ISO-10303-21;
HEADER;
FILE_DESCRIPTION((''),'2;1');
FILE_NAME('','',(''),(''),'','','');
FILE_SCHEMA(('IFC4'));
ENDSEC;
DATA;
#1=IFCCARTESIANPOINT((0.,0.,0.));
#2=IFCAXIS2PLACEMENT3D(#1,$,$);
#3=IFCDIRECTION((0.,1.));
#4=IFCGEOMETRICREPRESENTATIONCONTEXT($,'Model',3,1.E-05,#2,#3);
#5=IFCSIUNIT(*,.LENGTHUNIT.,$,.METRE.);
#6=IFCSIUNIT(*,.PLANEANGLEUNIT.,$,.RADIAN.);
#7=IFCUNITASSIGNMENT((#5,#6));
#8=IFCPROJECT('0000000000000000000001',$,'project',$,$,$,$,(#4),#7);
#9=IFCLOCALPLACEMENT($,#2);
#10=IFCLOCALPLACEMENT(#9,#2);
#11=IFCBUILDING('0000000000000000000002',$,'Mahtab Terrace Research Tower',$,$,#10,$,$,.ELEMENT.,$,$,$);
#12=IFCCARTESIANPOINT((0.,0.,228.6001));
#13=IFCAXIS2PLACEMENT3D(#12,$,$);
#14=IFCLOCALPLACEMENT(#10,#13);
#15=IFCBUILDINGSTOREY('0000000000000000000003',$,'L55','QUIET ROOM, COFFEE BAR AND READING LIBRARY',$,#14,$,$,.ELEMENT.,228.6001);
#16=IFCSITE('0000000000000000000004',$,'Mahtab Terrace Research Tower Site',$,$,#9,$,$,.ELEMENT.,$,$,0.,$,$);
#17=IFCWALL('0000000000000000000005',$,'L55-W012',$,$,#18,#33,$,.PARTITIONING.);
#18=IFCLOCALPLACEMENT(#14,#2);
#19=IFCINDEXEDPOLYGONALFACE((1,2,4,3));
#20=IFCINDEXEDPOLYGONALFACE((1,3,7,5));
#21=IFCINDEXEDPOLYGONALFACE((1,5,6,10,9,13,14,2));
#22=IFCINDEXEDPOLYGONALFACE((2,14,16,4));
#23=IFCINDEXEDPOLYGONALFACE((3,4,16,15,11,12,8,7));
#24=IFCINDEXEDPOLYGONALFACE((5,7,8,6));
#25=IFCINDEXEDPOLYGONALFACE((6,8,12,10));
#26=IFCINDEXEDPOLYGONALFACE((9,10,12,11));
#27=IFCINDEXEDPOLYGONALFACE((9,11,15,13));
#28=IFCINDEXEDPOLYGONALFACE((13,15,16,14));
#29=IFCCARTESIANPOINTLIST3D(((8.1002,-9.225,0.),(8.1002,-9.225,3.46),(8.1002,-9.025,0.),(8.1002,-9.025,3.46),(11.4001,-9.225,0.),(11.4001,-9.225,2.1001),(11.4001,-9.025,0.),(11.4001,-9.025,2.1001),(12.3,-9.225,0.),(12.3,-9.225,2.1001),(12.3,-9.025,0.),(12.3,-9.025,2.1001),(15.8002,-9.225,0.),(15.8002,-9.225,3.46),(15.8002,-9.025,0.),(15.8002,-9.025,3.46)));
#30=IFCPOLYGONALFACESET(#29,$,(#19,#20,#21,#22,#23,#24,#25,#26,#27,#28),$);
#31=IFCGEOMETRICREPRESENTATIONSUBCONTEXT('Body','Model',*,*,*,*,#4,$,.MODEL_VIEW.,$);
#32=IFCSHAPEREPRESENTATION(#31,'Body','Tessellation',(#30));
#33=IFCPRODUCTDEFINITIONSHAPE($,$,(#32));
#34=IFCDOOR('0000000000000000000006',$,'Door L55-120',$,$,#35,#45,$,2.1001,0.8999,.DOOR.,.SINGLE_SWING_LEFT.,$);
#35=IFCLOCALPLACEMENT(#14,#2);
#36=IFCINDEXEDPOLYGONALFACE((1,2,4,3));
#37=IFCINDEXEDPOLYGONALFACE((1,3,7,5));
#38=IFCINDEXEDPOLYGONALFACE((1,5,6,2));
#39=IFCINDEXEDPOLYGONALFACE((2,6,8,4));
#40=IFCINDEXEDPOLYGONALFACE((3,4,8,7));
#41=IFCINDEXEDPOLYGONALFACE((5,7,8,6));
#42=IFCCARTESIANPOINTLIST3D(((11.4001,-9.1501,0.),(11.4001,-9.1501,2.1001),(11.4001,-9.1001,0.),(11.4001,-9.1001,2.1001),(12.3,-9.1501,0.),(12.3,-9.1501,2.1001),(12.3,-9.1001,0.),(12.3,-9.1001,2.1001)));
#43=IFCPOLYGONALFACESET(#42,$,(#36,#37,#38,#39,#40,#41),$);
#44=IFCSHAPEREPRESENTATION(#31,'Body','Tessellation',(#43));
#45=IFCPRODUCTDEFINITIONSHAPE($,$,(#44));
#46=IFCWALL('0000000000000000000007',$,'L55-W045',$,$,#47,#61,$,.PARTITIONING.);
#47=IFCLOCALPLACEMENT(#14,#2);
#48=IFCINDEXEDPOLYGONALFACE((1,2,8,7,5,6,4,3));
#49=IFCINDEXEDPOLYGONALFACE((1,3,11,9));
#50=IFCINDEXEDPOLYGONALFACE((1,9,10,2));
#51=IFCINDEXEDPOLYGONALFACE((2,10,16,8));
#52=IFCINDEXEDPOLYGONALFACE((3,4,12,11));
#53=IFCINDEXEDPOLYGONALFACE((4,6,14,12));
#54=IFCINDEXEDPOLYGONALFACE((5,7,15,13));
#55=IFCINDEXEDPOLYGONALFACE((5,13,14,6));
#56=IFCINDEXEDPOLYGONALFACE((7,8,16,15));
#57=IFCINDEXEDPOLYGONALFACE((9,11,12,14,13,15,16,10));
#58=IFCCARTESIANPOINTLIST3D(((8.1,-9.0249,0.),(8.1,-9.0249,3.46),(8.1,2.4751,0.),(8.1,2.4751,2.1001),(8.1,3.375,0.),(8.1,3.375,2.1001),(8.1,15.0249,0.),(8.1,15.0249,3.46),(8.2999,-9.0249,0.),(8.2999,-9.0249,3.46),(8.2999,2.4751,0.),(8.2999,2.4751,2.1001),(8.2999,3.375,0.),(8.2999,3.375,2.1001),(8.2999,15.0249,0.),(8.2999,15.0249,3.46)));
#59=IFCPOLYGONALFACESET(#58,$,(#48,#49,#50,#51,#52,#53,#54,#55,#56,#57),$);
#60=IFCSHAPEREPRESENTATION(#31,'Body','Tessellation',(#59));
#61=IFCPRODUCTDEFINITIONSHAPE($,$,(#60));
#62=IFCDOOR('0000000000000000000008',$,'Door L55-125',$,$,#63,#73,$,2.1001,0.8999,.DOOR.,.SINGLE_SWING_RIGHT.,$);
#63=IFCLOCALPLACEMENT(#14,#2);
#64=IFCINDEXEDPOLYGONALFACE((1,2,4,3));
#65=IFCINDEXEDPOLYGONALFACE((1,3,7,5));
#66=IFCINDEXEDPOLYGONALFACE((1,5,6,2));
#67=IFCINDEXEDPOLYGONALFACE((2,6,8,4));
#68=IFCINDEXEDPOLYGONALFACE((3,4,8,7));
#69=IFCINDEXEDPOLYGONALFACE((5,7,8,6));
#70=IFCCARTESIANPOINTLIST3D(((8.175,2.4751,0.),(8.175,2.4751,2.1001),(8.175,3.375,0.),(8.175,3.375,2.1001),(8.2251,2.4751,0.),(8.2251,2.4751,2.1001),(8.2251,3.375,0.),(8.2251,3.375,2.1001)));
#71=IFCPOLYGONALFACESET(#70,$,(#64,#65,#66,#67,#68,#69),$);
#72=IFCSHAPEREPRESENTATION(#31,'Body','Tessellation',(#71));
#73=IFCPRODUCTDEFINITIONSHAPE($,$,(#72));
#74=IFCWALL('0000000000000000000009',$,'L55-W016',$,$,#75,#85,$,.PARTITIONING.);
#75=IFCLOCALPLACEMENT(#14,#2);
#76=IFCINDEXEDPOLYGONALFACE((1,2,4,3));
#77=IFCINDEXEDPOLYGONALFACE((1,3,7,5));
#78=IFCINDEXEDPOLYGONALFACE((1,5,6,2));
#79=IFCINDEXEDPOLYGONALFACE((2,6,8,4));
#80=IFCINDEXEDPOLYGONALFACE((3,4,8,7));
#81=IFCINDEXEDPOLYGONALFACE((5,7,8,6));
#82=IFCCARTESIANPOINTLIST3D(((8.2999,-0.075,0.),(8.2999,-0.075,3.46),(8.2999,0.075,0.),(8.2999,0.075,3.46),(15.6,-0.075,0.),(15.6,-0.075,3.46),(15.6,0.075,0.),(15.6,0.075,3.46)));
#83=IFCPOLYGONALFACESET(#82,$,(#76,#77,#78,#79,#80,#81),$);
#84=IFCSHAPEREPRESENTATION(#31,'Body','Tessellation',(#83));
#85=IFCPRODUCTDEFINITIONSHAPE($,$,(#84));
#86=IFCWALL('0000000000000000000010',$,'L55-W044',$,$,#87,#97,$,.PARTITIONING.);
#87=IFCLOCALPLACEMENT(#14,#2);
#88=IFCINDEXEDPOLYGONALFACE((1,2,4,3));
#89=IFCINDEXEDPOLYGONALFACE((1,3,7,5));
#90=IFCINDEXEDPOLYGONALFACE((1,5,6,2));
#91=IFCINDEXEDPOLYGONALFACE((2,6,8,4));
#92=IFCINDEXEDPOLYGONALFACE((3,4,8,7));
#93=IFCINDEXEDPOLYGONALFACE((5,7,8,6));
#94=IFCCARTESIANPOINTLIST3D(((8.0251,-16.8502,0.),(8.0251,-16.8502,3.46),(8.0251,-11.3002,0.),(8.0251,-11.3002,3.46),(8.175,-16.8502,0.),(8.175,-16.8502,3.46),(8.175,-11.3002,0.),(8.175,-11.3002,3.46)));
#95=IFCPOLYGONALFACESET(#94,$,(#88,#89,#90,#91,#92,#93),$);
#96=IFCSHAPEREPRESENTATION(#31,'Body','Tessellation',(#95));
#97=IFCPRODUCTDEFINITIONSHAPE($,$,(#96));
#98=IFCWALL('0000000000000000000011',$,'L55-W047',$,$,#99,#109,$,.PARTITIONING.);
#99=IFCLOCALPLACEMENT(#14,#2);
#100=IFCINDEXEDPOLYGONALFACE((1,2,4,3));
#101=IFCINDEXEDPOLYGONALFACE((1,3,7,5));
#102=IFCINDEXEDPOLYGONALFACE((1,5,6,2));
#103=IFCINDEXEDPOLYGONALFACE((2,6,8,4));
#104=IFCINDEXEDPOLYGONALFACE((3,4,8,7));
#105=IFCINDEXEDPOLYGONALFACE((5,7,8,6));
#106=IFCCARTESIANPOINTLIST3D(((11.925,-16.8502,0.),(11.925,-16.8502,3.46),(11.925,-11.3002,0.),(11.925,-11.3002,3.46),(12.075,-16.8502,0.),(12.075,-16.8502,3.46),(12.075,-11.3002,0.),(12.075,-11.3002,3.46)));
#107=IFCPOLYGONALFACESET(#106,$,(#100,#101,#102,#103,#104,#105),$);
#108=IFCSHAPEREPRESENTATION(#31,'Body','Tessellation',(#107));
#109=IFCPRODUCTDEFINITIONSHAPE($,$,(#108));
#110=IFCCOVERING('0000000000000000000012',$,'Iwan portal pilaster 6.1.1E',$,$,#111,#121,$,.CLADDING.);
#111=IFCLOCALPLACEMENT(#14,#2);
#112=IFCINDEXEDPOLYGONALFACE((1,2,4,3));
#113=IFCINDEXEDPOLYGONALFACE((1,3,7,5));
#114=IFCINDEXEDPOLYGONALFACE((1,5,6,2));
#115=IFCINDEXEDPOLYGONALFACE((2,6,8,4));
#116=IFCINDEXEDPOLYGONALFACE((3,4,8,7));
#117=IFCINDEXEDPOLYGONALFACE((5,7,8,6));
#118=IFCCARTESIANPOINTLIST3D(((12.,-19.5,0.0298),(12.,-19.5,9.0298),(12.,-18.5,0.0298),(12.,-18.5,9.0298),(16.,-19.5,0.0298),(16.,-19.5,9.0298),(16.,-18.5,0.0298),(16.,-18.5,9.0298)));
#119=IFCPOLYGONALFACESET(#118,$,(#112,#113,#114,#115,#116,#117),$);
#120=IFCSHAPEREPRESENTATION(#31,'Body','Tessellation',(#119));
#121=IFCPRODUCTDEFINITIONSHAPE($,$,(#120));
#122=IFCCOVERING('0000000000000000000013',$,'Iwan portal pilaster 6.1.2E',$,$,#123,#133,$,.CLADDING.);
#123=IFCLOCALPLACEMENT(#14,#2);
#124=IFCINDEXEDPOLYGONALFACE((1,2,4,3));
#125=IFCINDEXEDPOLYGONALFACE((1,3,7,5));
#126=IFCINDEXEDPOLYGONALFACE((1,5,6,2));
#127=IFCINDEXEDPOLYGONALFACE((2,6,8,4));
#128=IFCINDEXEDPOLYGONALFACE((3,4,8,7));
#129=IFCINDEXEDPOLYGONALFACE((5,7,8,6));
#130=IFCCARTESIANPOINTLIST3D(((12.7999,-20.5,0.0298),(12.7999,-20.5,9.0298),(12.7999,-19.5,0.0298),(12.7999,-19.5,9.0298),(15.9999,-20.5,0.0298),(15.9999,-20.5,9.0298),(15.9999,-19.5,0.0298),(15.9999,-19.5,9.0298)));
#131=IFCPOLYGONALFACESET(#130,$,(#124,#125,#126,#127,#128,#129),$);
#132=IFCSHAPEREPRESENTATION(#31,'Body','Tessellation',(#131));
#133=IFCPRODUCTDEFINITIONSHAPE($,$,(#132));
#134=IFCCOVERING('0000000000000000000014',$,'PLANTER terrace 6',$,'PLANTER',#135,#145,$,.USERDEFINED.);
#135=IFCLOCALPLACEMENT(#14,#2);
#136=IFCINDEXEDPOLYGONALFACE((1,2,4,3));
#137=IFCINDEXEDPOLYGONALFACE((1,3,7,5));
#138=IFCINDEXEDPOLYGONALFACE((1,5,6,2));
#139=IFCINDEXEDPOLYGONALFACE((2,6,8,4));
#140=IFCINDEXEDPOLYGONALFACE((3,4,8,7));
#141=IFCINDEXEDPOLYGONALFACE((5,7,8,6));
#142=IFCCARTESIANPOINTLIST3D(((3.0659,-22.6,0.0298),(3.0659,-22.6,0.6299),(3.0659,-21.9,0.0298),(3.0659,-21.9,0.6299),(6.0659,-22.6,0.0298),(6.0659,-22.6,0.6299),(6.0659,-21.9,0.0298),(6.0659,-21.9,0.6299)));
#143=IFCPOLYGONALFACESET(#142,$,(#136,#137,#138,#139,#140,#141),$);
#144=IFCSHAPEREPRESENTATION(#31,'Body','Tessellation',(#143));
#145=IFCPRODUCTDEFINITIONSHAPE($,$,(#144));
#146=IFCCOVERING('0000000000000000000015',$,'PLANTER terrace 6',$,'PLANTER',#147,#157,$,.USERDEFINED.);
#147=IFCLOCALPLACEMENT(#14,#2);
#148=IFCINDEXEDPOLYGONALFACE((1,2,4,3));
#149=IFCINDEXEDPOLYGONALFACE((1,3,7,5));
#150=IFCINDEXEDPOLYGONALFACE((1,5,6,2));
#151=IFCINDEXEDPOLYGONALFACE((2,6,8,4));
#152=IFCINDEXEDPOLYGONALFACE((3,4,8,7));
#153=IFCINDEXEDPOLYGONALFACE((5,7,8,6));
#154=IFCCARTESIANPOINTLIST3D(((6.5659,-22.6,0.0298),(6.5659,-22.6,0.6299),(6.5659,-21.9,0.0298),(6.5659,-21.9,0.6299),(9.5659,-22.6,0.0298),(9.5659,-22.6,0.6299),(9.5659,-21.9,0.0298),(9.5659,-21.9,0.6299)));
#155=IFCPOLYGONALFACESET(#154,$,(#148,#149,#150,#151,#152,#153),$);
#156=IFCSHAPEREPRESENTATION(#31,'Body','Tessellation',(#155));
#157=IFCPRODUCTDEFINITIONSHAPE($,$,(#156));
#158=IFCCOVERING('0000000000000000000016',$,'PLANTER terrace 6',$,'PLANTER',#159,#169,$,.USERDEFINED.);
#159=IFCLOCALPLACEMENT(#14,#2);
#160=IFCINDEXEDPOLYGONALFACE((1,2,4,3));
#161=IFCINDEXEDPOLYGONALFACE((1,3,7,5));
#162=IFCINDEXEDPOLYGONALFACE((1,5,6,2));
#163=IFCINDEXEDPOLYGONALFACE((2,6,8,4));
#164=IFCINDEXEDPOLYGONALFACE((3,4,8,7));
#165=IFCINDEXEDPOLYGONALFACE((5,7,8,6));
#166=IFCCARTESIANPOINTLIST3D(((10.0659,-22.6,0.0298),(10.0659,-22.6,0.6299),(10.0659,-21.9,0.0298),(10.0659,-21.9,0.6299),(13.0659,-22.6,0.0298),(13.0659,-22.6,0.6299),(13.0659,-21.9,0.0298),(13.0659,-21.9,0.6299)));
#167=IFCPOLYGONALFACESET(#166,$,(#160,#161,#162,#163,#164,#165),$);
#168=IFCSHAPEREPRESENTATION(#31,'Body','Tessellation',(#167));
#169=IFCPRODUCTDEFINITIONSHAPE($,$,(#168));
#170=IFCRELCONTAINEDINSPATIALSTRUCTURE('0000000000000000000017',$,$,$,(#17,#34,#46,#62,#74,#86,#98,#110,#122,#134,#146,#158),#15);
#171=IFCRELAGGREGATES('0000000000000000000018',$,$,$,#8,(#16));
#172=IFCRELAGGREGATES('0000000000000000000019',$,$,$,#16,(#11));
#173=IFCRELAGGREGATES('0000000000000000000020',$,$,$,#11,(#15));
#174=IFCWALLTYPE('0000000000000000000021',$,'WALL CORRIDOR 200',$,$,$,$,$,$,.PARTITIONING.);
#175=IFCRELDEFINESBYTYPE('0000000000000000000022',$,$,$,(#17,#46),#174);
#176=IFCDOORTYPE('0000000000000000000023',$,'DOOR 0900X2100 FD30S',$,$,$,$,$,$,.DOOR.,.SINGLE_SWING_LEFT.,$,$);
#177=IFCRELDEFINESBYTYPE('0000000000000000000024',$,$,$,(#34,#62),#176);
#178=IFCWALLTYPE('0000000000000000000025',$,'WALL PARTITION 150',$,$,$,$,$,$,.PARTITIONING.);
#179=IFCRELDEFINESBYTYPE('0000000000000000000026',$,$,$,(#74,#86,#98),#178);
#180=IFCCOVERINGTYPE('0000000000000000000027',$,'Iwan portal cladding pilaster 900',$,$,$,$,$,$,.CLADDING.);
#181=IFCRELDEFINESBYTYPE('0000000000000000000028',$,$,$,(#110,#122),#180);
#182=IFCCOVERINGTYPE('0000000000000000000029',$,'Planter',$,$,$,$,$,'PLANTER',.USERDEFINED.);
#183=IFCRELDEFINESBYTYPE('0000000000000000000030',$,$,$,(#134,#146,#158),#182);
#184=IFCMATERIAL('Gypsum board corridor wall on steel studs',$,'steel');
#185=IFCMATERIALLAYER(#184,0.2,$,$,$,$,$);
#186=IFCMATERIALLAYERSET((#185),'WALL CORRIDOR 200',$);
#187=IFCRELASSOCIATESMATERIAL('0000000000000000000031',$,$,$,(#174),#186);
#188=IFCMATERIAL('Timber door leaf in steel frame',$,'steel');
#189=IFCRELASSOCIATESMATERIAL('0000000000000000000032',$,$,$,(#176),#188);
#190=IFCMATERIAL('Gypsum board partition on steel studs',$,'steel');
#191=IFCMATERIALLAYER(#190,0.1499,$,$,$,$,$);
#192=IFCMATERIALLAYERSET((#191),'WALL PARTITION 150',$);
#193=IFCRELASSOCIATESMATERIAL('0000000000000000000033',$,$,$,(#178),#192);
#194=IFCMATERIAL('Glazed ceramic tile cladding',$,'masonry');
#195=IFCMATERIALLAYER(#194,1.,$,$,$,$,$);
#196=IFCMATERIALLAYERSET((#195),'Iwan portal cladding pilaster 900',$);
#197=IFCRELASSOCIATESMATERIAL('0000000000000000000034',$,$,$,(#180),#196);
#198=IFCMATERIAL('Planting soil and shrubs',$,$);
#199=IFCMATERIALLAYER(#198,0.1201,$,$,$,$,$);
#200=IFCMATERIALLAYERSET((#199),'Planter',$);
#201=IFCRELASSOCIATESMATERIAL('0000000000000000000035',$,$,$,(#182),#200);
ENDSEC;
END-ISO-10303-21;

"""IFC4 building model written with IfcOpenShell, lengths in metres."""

from ifc_helpers import new_model, si_unit, direction, frame, frame_2d, origin, origin_2d, place, context, subcontext, project, spatial, rectangle, extrude, material, layer, layer_set, type_object, element, fill, save


model = new_model("IFC4")

# Units and contexts
model_context = context("Model", 3, precision=1e-05, world=origin(), true_north=direction((0.0, 1.0)))
body_context = subcontext(model_context, "Body", "Model", "MODEL_VIEW")
ifc_project = project(units=[si_unit("LENGTHUNIT", "METRE"), si_unit("PLANEANGLEUNIT", "RADIAN")], contexts=[model_context])

# Site, building, storey
site_placement = place(None, origin())
site = spatial("IfcSite", under=ifc_project, at=site_placement, Name="Mahtab Terrace Research Tower Site", CompositionType="ELEMENT", RefElevation=0.0)
building_placement = place(site_placement, origin())
building = spatial("IfcBuilding", under=site, at=building_placement, Name="Mahtab Terrace Research Tower", CompositionType="ELEMENT")
storey_placement = place(building_placement, frame((0.0, 0.0, 228.6001)))
storey = spatial("IfcBuildingStorey", under=building, at=storey_placement, Name="L55", Description="QUIET ROOM, COFFEE BAR AND READING LIBRARY", CompositionType="ELEMENT", Elevation=228.6001)

# Shared definitions
ifc_material_1 = material(Name="Gypsum board corridor wall on steel studs", Category="steel")
ifc_layer_1 = layer(ifc_material_1, 0.2)
ifc_layer_set_1 = layer_set([ifc_layer_1], Name="WALL CORRIDOR 200")
wall_type_1 = type_object("IfcWallType", Name="WALL CORRIDOR 200", PredefinedType="PARTITIONING", material=ifc_layer_set_1)
ifc_material_2 = material(Name="Timber door leaf in steel frame", Category="steel")
door_type_1 = type_object("IfcDoorType", Name="DOOR 0900X2100 FD30S", OperationType="SINGLE_SWING_LEFT", PredefinedType="DOOR", material=ifc_material_2)

# Walls, openings, doors
wall_1_placement = place(storey_placement, frame((8.1001, -9.125, 0.0), z_axis=(0.0, 0.0, 1.0), x_axis=(1.0, 0.0, 0.0)))
wall_1 = element("IfcWall", 1, at=wall_1_placement, inside=storey, type_object=wall_type_1, Name="L55-W012", PredefinedType="PARTITIONING", context=body_context, shape_type="SweptSolid", body=[
    extrude(rectangle(XDim=7.7, YDim=0.2, at=frame_2d((3.8501, 0.0))), origin(), (0.0, 0.0, 1.0), 3.46),
])
opening_1_placement = place(wall_1_placement, frame((3.3, 0.0, 0.0)))
opening_1 = element("IfcOpeningElement", 2, at=opening_1_placement, cuts=wall_1, PredefinedType="OPENING", context=body_context, shape_type="SweptSolid", body=[
    extrude(rectangle(XDim=0.8999, YDim=2.1001, at=frame_2d((0.45, 1.05))), frame((0.0, 0.1099, 0.0), z_axis=(0.0, -1.0, 0.0), x_axis=(1.0, 0.0, 0.0)), (0.0, 0.0, 1.0), 0.22),
])
door_1_placement = place(opening_1_placement, origin())
door_1 = element("IfcDoor", 3, at=door_1_placement, inside=storey, type_object=door_type_1, Name="Door L55-120", OperationType="SINGLE_SWING_LEFT", OverallHeight=2.1001, OverallWidth=0.8999, PredefinedType="DOOR", context=body_context, shape_type="SweptSolid", body=[
    extrude(rectangle(XDim=0.8999, YDim=2.1001, at=frame_2d((0.45, 1.05))), frame((0.0, 0.0249, 0.0), z_axis=(0.0, -1.0, 0.0), x_axis=(1.0, 0.0, 0.0)), (0.0, 0.0, 1.0), 0.05),
])
fill(opening_1, door_1)
wall_2_placement = place(storey_placement, frame((8.2, -9.0249, 0.0), z_axis=(0.0, 0.0, 1.0), x_axis=(0.0, 1.0, 0.0)))
wall_2 = element("IfcWall", 4, at=wall_2_placement, inside=storey, type_object=wall_type_1, Name="L55-W045", PredefinedType="PARTITIONING", context=body_context, shape_type="SweptSolid", body=[
    extrude(rectangle(XDim=24.0498, YDim=0.2, at=frame_2d((12.0249, 0.0))), origin(), (0.0, 0.0, 1.0), 3.46),
])
opening_2_placement = place(wall_2_placement, frame((11.5, 0.0, 0.0)))
opening_2 = element("IfcOpeningElement", 5, at=opening_2_placement, cuts=wall_2, PredefinedType="OPENING", context=body_context, shape_type="SweptSolid", body=[
    extrude(rectangle(XDim=0.8999, YDim=2.1001, at=frame_2d((0.45, 1.05))), frame((0.0, 0.1099, 0.0), z_axis=(0.0, -1.0, 0.0), x_axis=(1.0, 0.0, 0.0)), (0.0, 0.0, 1.0), 0.22),
])
door_2_placement = place(opening_2_placement, origin())
door_2 = element("IfcDoor", 6, at=door_2_placement, inside=storey, type_object=door_type_1, Name="Door L55-125", OperationType="SINGLE_SWING_RIGHT", OverallHeight=2.1001, OverallWidth=0.8999, PredefinedType="DOOR", context=body_context, shape_type="SweptSolid", body=[
    extrude(rectangle(XDim=0.8999, YDim=2.1001, at=frame_2d((0.45, 1.05))), frame((0.0, 0.0249, 0.0), z_axis=(0.0, -1.0, 0.0), x_axis=(1.0, 0.0, 0.0)), (0.0, 0.0, 1.0), 0.05),
])
fill(opening_2, door_2)

# Walls
ifc_material_3 = material(Name="Gypsum board partition on steel studs", Category="steel")
ifc_layer_2 = layer(ifc_material_3, 0.1499)
ifc_layer_set_2 = layer_set([ifc_layer_2], Name="WALL PARTITION 150")
wall_type_2 = type_object("IfcWallType", Name="WALL PARTITION 150", PredefinedType="PARTITIONING", material=ifc_layer_set_2)
wall_3_placement = place(storey_placement, frame((8.3, 0.0, 0.0), z_axis=(0.0, 0.0, 1.0), x_axis=(1.0, 0.0, 0.0)))
element("IfcWall", 7, at=wall_3_placement, inside=storey, type_object=wall_type_2, Name="L55-W016", PredefinedType="PARTITIONING", context=body_context, shape_type="SweptSolid", body=[
    extrude(rectangle(XDim=7.3, YDim=0.1499, at=frame_2d((3.6499, 0.0))), origin(), (0.0, 0.0, 1.0), 3.46),
])
for number, where, z_axis, x_axis, name in (
    (8, (8.1001, -16.8501, 0.0), (0.0, 0.0, 1.0), (0.0, 1.0, 0.0), "L55-W044"),
    (9, (12.0, -16.8501, 0.0), (0.0, 0.0, 1.0), (0.0, 1.0, 0.0), "L55-W047"),
):
    element("IfcWall", number, at=place(storey_placement, frame(where, z_axis=z_axis, x_axis=x_axis)), inside=storey, type_object=wall_type_2, Name=name, PredefinedType="PARTITIONING", context=body_context, shape_type="SweptSolid", body=[
        extrude(rectangle(XDim=5.55, YDim=0.1499, at=frame_2d((2.7749, 0.0))), origin(), (0.0, 0.0, 1.0), 3.46),
    ])

# Coverings
ifc_material_4 = material(Name="Glazed ceramic tile cladding", Category="masonry")
ifc_layer_3 = layer(ifc_material_4, 1.0)
ifc_layer_set_3 = layer_set([ifc_layer_3], Name="Iwan portal cladding pilaster 900")
covering_type_1 = type_object("IfcCoveringType", Name="Iwan portal cladding pilaster 900", PredefinedType="CLADDING", material=ifc_layer_set_3)
covering_1_placement = place(storey_placement, frame((14.0, -19.0, 0.0298), z_axis=(0.0, 0.0, 1.0), x_axis=(1.0, 0.0, 0.0)))
element("IfcCovering", 10, at=covering_1_placement, inside=storey, type_object=covering_type_1, Name="Iwan portal pilaster 6.1.1E", PredefinedType="CLADDING", context=body_context, shape_type="SweptSolid", body=[
    extrude(rectangle(XDim=4.0, YDim=1.0, at=origin_2d()), origin(), (0.0, 0.0, 1.0), 9.0),
])
covering_2_placement = place(storey_placement, frame((14.3999, -20.0, 0.0298), z_axis=(0.0, 0.0, 1.0), x_axis=(1.0, 0.0, 0.0)))
element("IfcCovering", 11, at=covering_2_placement, inside=storey, type_object=covering_type_1, Name="Iwan portal pilaster 6.1.2E", PredefinedType="CLADDING", context=body_context, shape_type="SweptSolid", body=[
    extrude(rectangle(XDim=3.2, YDim=1.0, at=origin_2d()), origin(), (0.0, 0.0, 1.0), 9.0),
])
ifc_material_5 = material(Name="Planting soil and shrubs")
ifc_layer_4 = layer(ifc_material_5, 0.1201)
ifc_layer_set_4 = layer_set([ifc_layer_4], Name="Planter")
covering_type_2 = type_object("IfcCoveringType", Name="Planter", ElementType="PLANTER", PredefinedType="USERDEFINED", material=ifc_layer_set_4)
for number, where, z_axis, x_axis, name in (
    (12, (4.5659, -22.25, 0.0298), (0.0, 0.0, 1.0), (1.0, 0.0, 0.0), "PLANTER terrace 6"),
    (13, (8.0659, -22.25, 0.0298), (0.0, 0.0, 1.0), (1.0, 0.0, 0.0), "PLANTER terrace 6"),
    (14, (11.5659, -22.25, 0.0298), (0.0, 0.0, 1.0), (1.0, 0.0, 0.0), "PLANTER terrace 6"),
):
    element("IfcCovering", number, at=place(storey_placement, frame(where, z_axis=z_axis, x_axis=x_axis)), inside=storey, type_object=covering_type_2, Name=name, ObjectType="PLANTER", PredefinedType="USERDEFINED", context=body_context, shape_type="SweptSolid", body=[
        extrude(rectangle(XDim=3.0, YDim=0.7, at=origin_2d()), origin(), (0.0, 0.0, 1.0), 0.6001),
    ])

save(model, "model.ifc")
